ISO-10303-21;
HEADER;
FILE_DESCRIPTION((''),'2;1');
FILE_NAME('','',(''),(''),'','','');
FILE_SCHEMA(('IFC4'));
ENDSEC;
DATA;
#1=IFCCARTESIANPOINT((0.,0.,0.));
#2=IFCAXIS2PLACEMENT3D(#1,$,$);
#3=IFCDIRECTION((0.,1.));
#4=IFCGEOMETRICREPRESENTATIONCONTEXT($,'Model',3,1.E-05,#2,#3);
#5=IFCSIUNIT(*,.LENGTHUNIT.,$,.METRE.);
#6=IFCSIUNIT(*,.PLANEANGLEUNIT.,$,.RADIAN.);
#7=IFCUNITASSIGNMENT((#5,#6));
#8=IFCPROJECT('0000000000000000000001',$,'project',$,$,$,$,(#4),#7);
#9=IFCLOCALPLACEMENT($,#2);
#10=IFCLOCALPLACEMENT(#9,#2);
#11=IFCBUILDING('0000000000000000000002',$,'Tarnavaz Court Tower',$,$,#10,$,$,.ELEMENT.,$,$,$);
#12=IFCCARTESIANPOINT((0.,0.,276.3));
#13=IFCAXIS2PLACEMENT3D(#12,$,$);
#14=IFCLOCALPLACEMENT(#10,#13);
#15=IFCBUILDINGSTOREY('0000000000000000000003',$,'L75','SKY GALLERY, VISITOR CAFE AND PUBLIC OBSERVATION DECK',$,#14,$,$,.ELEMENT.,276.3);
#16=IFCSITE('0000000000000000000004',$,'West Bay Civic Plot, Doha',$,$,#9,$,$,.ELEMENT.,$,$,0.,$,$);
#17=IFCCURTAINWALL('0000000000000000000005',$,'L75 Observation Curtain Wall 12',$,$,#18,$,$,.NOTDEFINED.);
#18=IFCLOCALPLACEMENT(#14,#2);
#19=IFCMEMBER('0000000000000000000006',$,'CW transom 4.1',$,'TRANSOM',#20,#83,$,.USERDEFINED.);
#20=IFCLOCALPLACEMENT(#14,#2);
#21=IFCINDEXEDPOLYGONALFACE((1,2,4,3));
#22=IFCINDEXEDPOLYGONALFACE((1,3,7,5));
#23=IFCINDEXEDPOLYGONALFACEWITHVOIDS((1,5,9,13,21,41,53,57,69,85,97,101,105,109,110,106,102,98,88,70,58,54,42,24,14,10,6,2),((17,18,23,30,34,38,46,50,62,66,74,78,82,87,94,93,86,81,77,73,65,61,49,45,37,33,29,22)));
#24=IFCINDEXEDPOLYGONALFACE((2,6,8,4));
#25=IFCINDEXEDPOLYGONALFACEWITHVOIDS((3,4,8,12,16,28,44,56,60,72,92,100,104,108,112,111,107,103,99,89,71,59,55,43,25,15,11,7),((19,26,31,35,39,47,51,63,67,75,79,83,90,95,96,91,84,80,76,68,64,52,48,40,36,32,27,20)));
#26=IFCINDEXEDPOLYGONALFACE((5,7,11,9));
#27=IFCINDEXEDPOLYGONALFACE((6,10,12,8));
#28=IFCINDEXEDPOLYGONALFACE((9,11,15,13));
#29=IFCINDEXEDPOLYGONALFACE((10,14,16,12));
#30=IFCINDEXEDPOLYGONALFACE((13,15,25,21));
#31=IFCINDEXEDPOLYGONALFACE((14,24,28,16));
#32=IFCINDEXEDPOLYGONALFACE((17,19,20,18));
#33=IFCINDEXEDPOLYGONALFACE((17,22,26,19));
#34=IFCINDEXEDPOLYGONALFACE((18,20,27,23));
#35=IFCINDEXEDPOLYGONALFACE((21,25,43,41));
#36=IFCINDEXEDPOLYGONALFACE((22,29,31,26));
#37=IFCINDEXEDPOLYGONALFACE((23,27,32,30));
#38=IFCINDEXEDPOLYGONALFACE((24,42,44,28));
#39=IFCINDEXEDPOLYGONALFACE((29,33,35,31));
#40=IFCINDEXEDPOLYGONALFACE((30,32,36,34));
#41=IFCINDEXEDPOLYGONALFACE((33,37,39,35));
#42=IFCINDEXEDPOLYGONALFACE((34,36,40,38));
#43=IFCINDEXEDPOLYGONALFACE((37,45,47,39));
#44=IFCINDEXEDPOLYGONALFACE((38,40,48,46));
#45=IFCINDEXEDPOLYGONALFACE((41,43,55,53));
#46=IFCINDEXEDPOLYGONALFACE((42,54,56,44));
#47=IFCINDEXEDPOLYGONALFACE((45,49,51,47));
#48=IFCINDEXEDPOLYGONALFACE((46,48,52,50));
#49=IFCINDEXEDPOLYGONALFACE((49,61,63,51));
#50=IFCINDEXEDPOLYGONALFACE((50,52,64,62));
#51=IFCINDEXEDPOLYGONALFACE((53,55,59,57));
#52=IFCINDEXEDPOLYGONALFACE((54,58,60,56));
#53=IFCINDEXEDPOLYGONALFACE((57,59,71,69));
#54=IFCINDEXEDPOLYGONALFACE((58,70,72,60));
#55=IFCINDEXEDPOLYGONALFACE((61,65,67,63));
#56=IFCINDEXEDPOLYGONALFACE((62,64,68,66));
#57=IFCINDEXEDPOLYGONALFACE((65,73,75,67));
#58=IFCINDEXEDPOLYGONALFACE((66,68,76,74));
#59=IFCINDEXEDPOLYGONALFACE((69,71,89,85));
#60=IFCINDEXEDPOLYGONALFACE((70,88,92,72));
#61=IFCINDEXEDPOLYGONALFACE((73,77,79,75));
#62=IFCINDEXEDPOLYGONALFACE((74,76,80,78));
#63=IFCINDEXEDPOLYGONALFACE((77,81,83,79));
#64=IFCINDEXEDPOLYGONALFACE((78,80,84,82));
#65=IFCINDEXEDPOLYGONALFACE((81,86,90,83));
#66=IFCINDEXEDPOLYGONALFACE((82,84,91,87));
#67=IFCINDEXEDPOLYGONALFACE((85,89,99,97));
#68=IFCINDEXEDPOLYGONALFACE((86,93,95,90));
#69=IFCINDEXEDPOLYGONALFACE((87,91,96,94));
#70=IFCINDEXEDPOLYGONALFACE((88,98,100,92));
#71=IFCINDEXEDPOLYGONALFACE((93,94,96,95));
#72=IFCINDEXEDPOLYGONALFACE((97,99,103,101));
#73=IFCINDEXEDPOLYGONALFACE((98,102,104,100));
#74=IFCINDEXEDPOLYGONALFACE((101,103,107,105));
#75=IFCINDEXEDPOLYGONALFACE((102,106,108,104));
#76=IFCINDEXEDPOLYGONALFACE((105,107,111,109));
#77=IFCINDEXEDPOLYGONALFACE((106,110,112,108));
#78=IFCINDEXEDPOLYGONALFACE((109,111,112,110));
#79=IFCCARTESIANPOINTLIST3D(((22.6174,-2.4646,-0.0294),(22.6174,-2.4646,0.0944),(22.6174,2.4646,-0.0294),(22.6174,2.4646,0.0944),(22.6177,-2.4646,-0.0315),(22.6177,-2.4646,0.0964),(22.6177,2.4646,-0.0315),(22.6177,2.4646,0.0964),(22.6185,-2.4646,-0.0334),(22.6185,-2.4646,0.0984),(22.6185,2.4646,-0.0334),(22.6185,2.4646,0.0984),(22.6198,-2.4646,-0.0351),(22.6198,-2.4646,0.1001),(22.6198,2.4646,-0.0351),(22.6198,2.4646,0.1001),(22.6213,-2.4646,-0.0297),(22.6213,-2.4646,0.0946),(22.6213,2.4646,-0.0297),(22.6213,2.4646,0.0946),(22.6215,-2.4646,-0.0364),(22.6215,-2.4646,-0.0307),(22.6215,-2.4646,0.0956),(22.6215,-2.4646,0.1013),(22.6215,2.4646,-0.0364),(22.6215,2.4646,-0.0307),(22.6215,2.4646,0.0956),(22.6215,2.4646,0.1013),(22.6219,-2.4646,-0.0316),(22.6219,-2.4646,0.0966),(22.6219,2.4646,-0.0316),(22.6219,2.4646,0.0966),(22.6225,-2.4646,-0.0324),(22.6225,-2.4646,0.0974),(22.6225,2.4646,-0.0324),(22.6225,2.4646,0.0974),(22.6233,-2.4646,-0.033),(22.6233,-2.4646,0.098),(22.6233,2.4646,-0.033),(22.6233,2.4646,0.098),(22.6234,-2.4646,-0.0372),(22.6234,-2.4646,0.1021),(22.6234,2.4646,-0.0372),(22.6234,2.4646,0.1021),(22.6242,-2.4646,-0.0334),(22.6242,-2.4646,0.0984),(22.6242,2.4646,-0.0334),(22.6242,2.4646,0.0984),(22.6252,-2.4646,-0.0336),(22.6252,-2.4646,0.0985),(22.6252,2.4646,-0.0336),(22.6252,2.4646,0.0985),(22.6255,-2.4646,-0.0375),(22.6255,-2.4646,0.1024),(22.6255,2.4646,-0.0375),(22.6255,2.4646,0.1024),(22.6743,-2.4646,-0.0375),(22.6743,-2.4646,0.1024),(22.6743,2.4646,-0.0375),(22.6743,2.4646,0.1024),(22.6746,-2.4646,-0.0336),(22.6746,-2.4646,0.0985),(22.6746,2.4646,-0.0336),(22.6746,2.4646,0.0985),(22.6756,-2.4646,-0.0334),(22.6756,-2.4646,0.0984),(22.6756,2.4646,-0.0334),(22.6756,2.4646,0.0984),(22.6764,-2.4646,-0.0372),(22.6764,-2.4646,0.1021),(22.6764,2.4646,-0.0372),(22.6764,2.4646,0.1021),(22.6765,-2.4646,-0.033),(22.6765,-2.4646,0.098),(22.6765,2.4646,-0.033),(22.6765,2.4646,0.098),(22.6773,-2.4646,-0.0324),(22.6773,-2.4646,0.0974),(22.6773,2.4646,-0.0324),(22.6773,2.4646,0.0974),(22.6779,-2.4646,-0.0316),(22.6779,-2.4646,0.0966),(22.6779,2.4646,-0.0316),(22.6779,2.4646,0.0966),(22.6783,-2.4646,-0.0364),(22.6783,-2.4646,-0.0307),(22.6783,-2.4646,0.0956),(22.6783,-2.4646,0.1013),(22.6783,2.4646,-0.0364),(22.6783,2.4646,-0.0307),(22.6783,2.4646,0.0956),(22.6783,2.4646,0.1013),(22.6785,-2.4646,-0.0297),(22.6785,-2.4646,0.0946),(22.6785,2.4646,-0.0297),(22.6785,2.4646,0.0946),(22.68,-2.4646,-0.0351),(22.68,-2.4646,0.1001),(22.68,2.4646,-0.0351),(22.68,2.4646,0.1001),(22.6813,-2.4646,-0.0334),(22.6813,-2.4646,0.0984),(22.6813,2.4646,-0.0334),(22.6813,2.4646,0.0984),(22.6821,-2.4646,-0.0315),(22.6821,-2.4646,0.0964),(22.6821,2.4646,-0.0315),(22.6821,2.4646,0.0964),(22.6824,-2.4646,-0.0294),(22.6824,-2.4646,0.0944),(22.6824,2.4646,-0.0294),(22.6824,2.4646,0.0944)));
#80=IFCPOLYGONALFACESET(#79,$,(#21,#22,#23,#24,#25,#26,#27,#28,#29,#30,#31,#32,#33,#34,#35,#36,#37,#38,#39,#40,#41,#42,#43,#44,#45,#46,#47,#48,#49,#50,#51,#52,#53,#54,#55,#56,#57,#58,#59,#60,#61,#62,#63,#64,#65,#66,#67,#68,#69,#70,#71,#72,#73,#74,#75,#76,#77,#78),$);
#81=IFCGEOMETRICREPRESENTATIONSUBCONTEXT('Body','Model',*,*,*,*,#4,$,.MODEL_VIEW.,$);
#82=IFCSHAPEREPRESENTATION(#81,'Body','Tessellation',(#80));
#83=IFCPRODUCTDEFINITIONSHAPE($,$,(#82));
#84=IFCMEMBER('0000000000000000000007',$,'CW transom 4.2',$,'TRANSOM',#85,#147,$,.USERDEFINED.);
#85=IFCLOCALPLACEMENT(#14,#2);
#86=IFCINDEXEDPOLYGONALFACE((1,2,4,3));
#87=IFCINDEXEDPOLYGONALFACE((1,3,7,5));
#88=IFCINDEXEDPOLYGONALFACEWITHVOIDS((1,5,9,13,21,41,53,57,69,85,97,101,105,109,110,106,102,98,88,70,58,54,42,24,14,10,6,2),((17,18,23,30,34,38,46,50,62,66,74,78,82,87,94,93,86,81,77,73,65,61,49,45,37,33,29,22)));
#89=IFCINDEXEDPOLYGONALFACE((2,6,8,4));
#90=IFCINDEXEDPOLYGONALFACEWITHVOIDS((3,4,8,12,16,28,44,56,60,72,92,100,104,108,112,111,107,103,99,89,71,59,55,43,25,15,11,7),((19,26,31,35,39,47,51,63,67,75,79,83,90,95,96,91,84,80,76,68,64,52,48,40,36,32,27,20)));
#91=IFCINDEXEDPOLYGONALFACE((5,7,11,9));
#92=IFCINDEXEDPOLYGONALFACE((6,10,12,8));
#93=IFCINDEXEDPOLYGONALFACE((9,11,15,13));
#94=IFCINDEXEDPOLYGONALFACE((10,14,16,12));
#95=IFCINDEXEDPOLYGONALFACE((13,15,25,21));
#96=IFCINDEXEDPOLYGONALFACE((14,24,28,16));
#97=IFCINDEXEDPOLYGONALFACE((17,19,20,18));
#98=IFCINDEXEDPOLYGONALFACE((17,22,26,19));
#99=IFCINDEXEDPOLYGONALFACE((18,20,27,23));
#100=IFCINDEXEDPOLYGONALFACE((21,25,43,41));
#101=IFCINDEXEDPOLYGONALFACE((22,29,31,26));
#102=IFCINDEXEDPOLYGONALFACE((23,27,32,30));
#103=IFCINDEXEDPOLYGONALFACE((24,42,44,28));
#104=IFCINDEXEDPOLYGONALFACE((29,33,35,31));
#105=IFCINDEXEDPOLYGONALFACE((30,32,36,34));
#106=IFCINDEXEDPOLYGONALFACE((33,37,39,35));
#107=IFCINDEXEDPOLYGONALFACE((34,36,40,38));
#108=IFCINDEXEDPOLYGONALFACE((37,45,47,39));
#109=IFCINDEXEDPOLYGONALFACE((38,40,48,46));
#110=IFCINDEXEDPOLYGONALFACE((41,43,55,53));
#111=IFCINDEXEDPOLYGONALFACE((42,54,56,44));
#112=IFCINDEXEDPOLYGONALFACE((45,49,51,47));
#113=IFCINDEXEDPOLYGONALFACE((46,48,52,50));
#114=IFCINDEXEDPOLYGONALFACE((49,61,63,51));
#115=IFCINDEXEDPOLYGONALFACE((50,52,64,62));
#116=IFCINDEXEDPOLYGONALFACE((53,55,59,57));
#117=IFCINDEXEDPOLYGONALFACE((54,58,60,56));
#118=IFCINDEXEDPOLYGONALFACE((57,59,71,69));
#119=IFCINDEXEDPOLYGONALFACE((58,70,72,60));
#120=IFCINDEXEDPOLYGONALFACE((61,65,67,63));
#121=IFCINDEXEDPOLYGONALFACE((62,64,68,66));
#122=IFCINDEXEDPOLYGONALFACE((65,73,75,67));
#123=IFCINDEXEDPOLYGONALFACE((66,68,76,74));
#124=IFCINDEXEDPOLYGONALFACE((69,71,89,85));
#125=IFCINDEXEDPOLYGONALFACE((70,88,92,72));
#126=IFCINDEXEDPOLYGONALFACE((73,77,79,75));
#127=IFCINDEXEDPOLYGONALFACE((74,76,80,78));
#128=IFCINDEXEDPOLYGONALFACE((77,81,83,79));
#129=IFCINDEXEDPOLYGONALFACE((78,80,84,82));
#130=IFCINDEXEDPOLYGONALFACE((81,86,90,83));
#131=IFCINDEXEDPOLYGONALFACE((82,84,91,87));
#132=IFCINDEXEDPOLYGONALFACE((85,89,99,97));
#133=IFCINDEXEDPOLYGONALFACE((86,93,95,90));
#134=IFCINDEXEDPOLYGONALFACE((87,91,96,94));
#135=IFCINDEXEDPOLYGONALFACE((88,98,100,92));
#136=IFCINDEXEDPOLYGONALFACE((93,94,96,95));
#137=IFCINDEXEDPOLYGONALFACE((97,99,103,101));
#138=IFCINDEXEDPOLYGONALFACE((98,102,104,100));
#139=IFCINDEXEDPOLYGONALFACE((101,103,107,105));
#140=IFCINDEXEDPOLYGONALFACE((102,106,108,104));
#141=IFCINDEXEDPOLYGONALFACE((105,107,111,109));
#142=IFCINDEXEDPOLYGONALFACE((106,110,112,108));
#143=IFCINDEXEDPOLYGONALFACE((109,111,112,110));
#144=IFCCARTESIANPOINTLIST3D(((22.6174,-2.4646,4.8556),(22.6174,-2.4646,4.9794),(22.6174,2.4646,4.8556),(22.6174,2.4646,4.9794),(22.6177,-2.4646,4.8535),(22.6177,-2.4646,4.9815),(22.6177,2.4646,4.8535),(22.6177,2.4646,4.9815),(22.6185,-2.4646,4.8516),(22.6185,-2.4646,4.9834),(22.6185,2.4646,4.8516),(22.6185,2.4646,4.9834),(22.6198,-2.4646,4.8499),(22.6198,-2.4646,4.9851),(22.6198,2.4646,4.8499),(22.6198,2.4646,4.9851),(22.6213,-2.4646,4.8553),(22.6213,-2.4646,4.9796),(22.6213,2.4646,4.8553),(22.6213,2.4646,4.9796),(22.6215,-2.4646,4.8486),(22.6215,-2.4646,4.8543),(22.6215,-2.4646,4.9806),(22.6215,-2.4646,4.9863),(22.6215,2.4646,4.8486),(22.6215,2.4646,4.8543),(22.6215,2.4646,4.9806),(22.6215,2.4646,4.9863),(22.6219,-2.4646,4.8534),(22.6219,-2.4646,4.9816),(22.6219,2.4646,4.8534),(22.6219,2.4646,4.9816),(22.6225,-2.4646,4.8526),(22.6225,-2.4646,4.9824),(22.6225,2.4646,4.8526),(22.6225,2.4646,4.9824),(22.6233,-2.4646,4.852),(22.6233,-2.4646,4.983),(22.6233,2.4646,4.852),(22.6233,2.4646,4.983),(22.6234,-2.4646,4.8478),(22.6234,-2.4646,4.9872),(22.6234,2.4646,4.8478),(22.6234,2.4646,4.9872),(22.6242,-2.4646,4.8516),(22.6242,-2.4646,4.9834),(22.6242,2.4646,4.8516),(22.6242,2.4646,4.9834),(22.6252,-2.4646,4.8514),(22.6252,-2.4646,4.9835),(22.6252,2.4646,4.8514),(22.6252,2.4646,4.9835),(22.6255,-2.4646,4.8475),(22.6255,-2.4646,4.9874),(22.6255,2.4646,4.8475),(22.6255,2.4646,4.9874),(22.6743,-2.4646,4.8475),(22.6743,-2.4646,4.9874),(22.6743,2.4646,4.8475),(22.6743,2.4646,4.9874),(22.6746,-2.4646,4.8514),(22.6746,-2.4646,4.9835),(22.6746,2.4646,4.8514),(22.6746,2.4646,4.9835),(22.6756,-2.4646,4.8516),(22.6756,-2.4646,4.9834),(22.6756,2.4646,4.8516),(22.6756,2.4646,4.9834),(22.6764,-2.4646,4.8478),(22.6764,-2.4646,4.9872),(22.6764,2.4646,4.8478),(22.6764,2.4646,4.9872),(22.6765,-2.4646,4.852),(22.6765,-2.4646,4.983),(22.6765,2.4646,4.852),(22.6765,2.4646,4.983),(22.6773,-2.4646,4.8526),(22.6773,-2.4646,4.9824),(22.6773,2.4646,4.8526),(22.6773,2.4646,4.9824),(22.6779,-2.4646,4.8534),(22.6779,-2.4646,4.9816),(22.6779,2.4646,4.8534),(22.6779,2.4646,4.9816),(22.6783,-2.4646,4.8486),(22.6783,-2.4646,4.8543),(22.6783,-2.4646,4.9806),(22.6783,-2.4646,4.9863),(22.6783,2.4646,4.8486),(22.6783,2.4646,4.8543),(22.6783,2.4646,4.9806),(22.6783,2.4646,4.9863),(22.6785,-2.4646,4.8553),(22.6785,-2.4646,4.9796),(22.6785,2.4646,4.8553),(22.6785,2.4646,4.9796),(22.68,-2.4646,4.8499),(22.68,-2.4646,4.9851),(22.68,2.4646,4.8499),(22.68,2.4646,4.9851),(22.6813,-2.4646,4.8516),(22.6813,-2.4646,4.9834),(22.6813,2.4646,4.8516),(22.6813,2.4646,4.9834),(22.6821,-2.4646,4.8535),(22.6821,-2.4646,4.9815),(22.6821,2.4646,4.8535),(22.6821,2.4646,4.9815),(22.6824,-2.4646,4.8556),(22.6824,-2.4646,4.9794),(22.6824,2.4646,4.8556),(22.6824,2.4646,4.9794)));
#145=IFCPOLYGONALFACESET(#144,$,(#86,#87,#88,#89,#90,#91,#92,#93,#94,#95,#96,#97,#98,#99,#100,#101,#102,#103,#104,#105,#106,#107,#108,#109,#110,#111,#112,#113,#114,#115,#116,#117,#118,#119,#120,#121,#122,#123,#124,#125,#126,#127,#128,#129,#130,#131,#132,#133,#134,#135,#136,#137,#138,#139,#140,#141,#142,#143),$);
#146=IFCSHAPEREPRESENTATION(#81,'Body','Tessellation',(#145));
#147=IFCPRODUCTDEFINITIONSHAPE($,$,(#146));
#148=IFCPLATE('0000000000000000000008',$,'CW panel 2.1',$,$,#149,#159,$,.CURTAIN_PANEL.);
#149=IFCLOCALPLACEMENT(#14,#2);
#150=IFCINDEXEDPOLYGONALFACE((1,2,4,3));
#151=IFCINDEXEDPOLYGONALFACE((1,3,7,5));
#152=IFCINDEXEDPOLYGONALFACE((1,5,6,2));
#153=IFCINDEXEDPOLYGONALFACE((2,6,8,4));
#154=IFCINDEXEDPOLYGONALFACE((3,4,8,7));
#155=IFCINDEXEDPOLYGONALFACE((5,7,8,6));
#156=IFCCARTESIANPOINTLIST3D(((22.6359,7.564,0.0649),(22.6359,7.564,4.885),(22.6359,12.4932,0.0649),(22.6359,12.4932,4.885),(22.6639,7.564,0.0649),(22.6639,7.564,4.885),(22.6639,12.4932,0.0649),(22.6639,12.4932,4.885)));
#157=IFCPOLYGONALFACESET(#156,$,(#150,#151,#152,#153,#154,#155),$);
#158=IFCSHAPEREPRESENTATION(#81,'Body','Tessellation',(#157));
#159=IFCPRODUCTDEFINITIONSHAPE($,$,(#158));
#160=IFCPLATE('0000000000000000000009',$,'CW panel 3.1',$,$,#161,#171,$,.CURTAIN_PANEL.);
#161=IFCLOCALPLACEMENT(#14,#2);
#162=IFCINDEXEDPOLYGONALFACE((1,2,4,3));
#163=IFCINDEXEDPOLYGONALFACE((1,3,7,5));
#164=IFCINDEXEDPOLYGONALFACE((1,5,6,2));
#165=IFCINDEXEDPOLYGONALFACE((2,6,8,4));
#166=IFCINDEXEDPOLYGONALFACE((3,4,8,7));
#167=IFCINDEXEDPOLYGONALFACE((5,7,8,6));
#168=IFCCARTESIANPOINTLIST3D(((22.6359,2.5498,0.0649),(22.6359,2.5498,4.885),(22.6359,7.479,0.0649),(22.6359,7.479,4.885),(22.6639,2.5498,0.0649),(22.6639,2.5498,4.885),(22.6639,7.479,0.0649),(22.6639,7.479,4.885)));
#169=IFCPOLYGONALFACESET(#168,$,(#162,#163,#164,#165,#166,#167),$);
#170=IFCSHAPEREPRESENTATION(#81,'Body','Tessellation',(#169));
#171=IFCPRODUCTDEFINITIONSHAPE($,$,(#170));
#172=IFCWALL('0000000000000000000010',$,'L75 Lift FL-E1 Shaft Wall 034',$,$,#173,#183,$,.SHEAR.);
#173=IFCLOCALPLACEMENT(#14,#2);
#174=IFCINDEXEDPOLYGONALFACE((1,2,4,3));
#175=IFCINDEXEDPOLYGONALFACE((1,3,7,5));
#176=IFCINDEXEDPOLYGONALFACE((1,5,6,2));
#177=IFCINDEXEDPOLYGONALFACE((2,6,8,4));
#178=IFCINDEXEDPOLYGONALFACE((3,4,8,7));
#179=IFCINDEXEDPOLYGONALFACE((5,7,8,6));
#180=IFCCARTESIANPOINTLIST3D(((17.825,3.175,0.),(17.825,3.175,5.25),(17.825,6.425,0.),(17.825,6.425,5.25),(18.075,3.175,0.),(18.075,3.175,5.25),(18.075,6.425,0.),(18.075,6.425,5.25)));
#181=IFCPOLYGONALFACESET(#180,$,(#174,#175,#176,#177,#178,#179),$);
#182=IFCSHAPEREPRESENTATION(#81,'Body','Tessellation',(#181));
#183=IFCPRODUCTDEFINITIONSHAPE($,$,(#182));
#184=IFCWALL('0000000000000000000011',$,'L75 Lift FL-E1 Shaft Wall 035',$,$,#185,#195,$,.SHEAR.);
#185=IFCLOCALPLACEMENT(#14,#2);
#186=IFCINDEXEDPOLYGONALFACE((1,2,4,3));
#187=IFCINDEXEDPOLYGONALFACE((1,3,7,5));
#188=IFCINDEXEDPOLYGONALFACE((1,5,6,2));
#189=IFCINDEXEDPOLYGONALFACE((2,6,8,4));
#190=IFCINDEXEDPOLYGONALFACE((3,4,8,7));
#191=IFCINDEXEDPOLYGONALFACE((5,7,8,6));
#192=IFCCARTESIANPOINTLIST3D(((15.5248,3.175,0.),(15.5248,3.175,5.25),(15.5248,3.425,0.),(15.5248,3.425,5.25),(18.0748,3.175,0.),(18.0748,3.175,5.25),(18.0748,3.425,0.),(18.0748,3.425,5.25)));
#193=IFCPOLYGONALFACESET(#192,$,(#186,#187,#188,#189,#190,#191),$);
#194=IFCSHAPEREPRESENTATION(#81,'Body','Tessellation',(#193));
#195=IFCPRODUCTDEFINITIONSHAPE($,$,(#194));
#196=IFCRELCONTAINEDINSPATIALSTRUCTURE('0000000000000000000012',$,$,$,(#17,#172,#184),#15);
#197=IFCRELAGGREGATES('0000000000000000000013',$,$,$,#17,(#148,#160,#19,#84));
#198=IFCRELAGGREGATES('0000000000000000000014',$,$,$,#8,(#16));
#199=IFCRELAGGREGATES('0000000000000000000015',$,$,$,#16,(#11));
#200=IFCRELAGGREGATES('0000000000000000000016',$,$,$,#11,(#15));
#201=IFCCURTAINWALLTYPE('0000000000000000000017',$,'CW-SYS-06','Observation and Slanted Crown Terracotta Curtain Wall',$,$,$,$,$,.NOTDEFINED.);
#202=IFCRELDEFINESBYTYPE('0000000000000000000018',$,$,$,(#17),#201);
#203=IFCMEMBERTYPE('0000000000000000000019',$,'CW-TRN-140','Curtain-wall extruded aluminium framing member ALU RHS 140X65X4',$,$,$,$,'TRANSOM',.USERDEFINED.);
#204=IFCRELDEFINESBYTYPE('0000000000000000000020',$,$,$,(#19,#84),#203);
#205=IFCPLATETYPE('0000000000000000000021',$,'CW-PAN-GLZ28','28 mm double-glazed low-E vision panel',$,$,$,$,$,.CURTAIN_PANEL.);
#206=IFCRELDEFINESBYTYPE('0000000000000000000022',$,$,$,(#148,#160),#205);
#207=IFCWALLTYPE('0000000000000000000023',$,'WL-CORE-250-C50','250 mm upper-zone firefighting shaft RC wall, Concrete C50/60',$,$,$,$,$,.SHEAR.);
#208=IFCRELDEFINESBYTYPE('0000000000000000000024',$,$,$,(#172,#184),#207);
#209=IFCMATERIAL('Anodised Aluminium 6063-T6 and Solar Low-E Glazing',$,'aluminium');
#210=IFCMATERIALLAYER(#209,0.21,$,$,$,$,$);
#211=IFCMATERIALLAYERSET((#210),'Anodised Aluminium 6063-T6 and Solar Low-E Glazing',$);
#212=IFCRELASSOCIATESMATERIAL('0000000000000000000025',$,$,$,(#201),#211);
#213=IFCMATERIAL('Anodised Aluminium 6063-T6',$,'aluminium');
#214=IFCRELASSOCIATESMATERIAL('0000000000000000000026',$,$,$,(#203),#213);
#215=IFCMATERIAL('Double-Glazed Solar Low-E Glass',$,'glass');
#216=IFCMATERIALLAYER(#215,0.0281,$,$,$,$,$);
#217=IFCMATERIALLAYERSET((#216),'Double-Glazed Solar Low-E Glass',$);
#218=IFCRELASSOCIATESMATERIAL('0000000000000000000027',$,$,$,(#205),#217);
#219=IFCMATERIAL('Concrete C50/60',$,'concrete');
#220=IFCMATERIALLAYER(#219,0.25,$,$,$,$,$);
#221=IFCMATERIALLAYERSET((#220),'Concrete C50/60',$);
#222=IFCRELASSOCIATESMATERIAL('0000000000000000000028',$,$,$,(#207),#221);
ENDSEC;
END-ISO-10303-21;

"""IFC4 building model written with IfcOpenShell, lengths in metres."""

from ifc_helpers import new_model, si_unit, direction, frame, frame_2d, origin, origin_2d, place, context, subcontext, project, spatial, rectangle, hollow_rectangle, extrude, material, layer, layer_set, material_profile, profile_set, type_object, element, aggregate, save


model = new_model("IFC4")

# Units and contexts
model_context = context("Model", 3, precision=1e-05, world=origin(), true_north=direction((0.0, 1.0)))
body_context = subcontext(model_context, "Body", "Model", "MODEL_VIEW")
ifc_project = project(units=[si_unit("LENGTHUNIT", "METRE"), si_unit("PLANEANGLEUNIT", "RADIAN")], contexts=[model_context])

# Site, building, storey
site_placement = place(None, origin())
site = spatial("IfcSite", under=ifc_project, at=site_placement, Name="West Bay Civic Plot, Doha", CompositionType="ELEMENT", RefElevation=0.0)
building_placement = place(site_placement, origin())
building = spatial("IfcBuilding", under=site, at=building_placement, Name="Tarnavaz Court Tower", CompositionType="ELEMENT")
storey_placement = place(building_placement, frame((0.0, 0.0, 276.3)))
storey = spatial("IfcBuildingStorey", under=building, at=storey_placement, Name="L75", Description="SKY GALLERY, VISITOR CAFE AND PUBLIC OBSERVATION DECK", CompositionType="ELEMENT", Elevation=276.3)

# Shared definitions
ifc_material_1 = material(Name="Concrete C50/60", Category="concrete")

# Curtain wall, members, plates
ifc_material_2 = material(Name="Anodised Aluminium 6063-T6 and Solar Low-E Glazing", Category="aluminium")
ifc_layer_1 = layer(ifc_material_2, 0.21)
ifc_layer_set_1 = layer_set([ifc_layer_1], Name="Anodised Aluminium 6063-T6 and Solar Low-E Glazing")
curtain_wall_type = type_object("IfcCurtainWallType", Name="CW-SYS-06", Description="Observation and Slanted Crown Terracotta Curtain Wall", PredefinedType="NOTDEFINED", material=ifc_layer_set_1)
curtain_wall_placement = place(storey_placement, origin())
curtain_wall = element("IfcCurtainWall", 1, at=curtain_wall_placement, inside=storey, type_object=curtain_wall_type, Name="L75 Observation Curtain Wall 12", PredefinedType="NOTDEFINED")
ifc_material_3 = material(Name="Anodised Aluminium 6063-T6", Category="aluminium")
ifc_material_profile_1 = material_profile(ifc_material_3, hollow_rectangle(XDim=0.0649, YDim=0.1399, WallThickness=0.0039, InnerFilletRadius=0.0039, OuterFilletRadius=0.0081, at=origin_2d()), Name="ALU RHS 140X65X4")
ifc_profile_set_1 = profile_set([ifc_material_profile_1], Name="Anodised Aluminium 6063-T6")
member_type_1 = type_object("IfcMemberType", Name="CW-TRN-140", Description="Curtain-wall extruded aluminium framing member ALU RHS 140X65X4", ElementType="TRANSOM", PredefinedType="USERDEFINED", material=ifc_profile_set_1)
member_1_placement = place(storey_placement, frame((22.6499, 2.4646, 0.0325), z_axis=(0.0, -1.0, 0.0), x_axis=(1.0, 0.0, 0.0)))
member_1 = element("IfcMember", 2, at=member_1_placement, type_object=member_type_1, Name="CW transom 4.1", ObjectType="TRANSOM", PredefinedType="USERDEFINED", context=body_context, shape_type="SweptSolid", body=[
    extrude(hollow_rectangle(XDim=0.0649, YDim=0.1399, WallThickness=0.0039, InnerFilletRadius=0.0039, OuterFilletRadius=0.0081, at=origin_2d()), origin(), (0.0, 0.0, 1.0), 4.9292),
])
member_2_placement = place(storey_placement, frame((22.6499, 2.4646, 4.9175), z_axis=(0.0, -1.0, 0.0), x_axis=(1.0, 0.0, 0.0)))
member_2 = element("IfcMember", 3, at=member_2_placement, type_object=member_type_1, Name="CW transom 4.2", ObjectType="TRANSOM", PredefinedType="USERDEFINED", context=body_context, shape_type="SweptSolid", body=[
    extrude(hollow_rectangle(XDim=0.0649, YDim=0.1399, WallThickness=0.0039, InnerFilletRadius=0.0039, OuterFilletRadius=0.0081, at=origin_2d()), origin(), (0.0, 0.0, 1.0), 4.9292),
])
ifc_material_4 = material(Name="Double-Glazed Solar Low-E Glass", Category="glass")
ifc_layer_2 = layer(ifc_material_4, 0.0281)
ifc_layer_set_2 = layer_set([ifc_layer_2], Name="Double-Glazed Solar Low-E Glass")
plate_type = type_object("IfcPlateType", Name="CW-PAN-GLZ28", Description="28 mm double-glazed low-E vision panel", PredefinedType="CURTAIN_PANEL", material=ifc_layer_set_2)
plate_1_placement = place(storey_placement, frame((22.6499, 10.0286, 0.0649), z_axis=(0.0, 0.0, 1.0), x_axis=(0.0, -1.0, 0.0)))
plate_1 = element("IfcPlate", 4, at=plate_1_placement, type_object=plate_type, Name="CW panel 2.1", PredefinedType="CURTAIN_PANEL", context=body_context, shape_type="SweptSolid", body=[
    extrude(rectangle(XDim=4.9292, YDim=0.0281, at=origin_2d()), origin(), (0.0, 0.0, 1.0), 4.8201),
])
plate_2_placement = place(storey_placement, frame((22.6499, 5.0144, 0.0649), z_axis=(0.0, 0.0, 1.0), x_axis=(0.0, -1.0, 0.0)))
plate_2 = element("IfcPlate", 5, at=plate_2_placement, type_object=plate_type, Name="CW panel 3.1", PredefinedType="CURTAIN_PANEL", context=body_context, shape_type="SweptSolid", body=[
    extrude(rectangle(XDim=4.9292, YDim=0.0281, at=origin_2d()), origin(), (0.0, 0.0, 1.0), 4.8201),
])
aggregate(curtain_wall, [plate_1, plate_2, member_1, member_2])

# Shared definitions
ifc_layer_3 = layer(ifc_material_1, 0.25)
ifc_layer_set_3 = layer_set([ifc_layer_3], Name="Concrete C50/60")
wall_type_1 = type_object("IfcWallType", Name="WL-CORE-250-C50", Description="250 mm upper-zone firefighting shaft RC wall, Concrete C50/60", PredefinedType="SHEAR", material=ifc_layer_set_3)

# Walls
wall_1_placement = place(storey_placement, frame((17.95, 3.175, 0.0), z_axis=(0.0, 0.0, 1.0), x_axis=(0.0, 1.0, 0.0)))
element("IfcWall", 6, at=wall_1_placement, inside=storey, type_object=wall_type_1, Name="L75 Lift FL-E1 Shaft Wall 034", PredefinedType="SHEAR", context=body_context, shape_type="SweptSolid", body=[
    extrude(rectangle(XDim=3.25, YDim=0.25, at=frame_2d((1.625, 0.0))), origin(), (0.0, 0.0, 1.0), 5.25),
])
for number, where, z_axis, x_axis, name in (
    (7, (15.5249, 3.3, 0.0), (0.0, 0.0, 1.0), (1.0, 0.0, 0.0), "L75 Lift FL-E1 Shaft Wall 035"),
):
    element("IfcWall", number, at=place(storey_placement, frame(where, z_axis=z_axis, x_axis=x_axis)), inside=storey, type_object=wall_type_1, Name=name, PredefinedType="SHEAR", context=body_context, shape_type="SweptSolid", body=[
        extrude(rectangle(XDim=2.55, YDim=0.25, at=frame_2d((1.2749, 0.0))), origin(), (0.0, 0.0, 1.0), 5.25),
    ])

save(model, "model.ifc")
